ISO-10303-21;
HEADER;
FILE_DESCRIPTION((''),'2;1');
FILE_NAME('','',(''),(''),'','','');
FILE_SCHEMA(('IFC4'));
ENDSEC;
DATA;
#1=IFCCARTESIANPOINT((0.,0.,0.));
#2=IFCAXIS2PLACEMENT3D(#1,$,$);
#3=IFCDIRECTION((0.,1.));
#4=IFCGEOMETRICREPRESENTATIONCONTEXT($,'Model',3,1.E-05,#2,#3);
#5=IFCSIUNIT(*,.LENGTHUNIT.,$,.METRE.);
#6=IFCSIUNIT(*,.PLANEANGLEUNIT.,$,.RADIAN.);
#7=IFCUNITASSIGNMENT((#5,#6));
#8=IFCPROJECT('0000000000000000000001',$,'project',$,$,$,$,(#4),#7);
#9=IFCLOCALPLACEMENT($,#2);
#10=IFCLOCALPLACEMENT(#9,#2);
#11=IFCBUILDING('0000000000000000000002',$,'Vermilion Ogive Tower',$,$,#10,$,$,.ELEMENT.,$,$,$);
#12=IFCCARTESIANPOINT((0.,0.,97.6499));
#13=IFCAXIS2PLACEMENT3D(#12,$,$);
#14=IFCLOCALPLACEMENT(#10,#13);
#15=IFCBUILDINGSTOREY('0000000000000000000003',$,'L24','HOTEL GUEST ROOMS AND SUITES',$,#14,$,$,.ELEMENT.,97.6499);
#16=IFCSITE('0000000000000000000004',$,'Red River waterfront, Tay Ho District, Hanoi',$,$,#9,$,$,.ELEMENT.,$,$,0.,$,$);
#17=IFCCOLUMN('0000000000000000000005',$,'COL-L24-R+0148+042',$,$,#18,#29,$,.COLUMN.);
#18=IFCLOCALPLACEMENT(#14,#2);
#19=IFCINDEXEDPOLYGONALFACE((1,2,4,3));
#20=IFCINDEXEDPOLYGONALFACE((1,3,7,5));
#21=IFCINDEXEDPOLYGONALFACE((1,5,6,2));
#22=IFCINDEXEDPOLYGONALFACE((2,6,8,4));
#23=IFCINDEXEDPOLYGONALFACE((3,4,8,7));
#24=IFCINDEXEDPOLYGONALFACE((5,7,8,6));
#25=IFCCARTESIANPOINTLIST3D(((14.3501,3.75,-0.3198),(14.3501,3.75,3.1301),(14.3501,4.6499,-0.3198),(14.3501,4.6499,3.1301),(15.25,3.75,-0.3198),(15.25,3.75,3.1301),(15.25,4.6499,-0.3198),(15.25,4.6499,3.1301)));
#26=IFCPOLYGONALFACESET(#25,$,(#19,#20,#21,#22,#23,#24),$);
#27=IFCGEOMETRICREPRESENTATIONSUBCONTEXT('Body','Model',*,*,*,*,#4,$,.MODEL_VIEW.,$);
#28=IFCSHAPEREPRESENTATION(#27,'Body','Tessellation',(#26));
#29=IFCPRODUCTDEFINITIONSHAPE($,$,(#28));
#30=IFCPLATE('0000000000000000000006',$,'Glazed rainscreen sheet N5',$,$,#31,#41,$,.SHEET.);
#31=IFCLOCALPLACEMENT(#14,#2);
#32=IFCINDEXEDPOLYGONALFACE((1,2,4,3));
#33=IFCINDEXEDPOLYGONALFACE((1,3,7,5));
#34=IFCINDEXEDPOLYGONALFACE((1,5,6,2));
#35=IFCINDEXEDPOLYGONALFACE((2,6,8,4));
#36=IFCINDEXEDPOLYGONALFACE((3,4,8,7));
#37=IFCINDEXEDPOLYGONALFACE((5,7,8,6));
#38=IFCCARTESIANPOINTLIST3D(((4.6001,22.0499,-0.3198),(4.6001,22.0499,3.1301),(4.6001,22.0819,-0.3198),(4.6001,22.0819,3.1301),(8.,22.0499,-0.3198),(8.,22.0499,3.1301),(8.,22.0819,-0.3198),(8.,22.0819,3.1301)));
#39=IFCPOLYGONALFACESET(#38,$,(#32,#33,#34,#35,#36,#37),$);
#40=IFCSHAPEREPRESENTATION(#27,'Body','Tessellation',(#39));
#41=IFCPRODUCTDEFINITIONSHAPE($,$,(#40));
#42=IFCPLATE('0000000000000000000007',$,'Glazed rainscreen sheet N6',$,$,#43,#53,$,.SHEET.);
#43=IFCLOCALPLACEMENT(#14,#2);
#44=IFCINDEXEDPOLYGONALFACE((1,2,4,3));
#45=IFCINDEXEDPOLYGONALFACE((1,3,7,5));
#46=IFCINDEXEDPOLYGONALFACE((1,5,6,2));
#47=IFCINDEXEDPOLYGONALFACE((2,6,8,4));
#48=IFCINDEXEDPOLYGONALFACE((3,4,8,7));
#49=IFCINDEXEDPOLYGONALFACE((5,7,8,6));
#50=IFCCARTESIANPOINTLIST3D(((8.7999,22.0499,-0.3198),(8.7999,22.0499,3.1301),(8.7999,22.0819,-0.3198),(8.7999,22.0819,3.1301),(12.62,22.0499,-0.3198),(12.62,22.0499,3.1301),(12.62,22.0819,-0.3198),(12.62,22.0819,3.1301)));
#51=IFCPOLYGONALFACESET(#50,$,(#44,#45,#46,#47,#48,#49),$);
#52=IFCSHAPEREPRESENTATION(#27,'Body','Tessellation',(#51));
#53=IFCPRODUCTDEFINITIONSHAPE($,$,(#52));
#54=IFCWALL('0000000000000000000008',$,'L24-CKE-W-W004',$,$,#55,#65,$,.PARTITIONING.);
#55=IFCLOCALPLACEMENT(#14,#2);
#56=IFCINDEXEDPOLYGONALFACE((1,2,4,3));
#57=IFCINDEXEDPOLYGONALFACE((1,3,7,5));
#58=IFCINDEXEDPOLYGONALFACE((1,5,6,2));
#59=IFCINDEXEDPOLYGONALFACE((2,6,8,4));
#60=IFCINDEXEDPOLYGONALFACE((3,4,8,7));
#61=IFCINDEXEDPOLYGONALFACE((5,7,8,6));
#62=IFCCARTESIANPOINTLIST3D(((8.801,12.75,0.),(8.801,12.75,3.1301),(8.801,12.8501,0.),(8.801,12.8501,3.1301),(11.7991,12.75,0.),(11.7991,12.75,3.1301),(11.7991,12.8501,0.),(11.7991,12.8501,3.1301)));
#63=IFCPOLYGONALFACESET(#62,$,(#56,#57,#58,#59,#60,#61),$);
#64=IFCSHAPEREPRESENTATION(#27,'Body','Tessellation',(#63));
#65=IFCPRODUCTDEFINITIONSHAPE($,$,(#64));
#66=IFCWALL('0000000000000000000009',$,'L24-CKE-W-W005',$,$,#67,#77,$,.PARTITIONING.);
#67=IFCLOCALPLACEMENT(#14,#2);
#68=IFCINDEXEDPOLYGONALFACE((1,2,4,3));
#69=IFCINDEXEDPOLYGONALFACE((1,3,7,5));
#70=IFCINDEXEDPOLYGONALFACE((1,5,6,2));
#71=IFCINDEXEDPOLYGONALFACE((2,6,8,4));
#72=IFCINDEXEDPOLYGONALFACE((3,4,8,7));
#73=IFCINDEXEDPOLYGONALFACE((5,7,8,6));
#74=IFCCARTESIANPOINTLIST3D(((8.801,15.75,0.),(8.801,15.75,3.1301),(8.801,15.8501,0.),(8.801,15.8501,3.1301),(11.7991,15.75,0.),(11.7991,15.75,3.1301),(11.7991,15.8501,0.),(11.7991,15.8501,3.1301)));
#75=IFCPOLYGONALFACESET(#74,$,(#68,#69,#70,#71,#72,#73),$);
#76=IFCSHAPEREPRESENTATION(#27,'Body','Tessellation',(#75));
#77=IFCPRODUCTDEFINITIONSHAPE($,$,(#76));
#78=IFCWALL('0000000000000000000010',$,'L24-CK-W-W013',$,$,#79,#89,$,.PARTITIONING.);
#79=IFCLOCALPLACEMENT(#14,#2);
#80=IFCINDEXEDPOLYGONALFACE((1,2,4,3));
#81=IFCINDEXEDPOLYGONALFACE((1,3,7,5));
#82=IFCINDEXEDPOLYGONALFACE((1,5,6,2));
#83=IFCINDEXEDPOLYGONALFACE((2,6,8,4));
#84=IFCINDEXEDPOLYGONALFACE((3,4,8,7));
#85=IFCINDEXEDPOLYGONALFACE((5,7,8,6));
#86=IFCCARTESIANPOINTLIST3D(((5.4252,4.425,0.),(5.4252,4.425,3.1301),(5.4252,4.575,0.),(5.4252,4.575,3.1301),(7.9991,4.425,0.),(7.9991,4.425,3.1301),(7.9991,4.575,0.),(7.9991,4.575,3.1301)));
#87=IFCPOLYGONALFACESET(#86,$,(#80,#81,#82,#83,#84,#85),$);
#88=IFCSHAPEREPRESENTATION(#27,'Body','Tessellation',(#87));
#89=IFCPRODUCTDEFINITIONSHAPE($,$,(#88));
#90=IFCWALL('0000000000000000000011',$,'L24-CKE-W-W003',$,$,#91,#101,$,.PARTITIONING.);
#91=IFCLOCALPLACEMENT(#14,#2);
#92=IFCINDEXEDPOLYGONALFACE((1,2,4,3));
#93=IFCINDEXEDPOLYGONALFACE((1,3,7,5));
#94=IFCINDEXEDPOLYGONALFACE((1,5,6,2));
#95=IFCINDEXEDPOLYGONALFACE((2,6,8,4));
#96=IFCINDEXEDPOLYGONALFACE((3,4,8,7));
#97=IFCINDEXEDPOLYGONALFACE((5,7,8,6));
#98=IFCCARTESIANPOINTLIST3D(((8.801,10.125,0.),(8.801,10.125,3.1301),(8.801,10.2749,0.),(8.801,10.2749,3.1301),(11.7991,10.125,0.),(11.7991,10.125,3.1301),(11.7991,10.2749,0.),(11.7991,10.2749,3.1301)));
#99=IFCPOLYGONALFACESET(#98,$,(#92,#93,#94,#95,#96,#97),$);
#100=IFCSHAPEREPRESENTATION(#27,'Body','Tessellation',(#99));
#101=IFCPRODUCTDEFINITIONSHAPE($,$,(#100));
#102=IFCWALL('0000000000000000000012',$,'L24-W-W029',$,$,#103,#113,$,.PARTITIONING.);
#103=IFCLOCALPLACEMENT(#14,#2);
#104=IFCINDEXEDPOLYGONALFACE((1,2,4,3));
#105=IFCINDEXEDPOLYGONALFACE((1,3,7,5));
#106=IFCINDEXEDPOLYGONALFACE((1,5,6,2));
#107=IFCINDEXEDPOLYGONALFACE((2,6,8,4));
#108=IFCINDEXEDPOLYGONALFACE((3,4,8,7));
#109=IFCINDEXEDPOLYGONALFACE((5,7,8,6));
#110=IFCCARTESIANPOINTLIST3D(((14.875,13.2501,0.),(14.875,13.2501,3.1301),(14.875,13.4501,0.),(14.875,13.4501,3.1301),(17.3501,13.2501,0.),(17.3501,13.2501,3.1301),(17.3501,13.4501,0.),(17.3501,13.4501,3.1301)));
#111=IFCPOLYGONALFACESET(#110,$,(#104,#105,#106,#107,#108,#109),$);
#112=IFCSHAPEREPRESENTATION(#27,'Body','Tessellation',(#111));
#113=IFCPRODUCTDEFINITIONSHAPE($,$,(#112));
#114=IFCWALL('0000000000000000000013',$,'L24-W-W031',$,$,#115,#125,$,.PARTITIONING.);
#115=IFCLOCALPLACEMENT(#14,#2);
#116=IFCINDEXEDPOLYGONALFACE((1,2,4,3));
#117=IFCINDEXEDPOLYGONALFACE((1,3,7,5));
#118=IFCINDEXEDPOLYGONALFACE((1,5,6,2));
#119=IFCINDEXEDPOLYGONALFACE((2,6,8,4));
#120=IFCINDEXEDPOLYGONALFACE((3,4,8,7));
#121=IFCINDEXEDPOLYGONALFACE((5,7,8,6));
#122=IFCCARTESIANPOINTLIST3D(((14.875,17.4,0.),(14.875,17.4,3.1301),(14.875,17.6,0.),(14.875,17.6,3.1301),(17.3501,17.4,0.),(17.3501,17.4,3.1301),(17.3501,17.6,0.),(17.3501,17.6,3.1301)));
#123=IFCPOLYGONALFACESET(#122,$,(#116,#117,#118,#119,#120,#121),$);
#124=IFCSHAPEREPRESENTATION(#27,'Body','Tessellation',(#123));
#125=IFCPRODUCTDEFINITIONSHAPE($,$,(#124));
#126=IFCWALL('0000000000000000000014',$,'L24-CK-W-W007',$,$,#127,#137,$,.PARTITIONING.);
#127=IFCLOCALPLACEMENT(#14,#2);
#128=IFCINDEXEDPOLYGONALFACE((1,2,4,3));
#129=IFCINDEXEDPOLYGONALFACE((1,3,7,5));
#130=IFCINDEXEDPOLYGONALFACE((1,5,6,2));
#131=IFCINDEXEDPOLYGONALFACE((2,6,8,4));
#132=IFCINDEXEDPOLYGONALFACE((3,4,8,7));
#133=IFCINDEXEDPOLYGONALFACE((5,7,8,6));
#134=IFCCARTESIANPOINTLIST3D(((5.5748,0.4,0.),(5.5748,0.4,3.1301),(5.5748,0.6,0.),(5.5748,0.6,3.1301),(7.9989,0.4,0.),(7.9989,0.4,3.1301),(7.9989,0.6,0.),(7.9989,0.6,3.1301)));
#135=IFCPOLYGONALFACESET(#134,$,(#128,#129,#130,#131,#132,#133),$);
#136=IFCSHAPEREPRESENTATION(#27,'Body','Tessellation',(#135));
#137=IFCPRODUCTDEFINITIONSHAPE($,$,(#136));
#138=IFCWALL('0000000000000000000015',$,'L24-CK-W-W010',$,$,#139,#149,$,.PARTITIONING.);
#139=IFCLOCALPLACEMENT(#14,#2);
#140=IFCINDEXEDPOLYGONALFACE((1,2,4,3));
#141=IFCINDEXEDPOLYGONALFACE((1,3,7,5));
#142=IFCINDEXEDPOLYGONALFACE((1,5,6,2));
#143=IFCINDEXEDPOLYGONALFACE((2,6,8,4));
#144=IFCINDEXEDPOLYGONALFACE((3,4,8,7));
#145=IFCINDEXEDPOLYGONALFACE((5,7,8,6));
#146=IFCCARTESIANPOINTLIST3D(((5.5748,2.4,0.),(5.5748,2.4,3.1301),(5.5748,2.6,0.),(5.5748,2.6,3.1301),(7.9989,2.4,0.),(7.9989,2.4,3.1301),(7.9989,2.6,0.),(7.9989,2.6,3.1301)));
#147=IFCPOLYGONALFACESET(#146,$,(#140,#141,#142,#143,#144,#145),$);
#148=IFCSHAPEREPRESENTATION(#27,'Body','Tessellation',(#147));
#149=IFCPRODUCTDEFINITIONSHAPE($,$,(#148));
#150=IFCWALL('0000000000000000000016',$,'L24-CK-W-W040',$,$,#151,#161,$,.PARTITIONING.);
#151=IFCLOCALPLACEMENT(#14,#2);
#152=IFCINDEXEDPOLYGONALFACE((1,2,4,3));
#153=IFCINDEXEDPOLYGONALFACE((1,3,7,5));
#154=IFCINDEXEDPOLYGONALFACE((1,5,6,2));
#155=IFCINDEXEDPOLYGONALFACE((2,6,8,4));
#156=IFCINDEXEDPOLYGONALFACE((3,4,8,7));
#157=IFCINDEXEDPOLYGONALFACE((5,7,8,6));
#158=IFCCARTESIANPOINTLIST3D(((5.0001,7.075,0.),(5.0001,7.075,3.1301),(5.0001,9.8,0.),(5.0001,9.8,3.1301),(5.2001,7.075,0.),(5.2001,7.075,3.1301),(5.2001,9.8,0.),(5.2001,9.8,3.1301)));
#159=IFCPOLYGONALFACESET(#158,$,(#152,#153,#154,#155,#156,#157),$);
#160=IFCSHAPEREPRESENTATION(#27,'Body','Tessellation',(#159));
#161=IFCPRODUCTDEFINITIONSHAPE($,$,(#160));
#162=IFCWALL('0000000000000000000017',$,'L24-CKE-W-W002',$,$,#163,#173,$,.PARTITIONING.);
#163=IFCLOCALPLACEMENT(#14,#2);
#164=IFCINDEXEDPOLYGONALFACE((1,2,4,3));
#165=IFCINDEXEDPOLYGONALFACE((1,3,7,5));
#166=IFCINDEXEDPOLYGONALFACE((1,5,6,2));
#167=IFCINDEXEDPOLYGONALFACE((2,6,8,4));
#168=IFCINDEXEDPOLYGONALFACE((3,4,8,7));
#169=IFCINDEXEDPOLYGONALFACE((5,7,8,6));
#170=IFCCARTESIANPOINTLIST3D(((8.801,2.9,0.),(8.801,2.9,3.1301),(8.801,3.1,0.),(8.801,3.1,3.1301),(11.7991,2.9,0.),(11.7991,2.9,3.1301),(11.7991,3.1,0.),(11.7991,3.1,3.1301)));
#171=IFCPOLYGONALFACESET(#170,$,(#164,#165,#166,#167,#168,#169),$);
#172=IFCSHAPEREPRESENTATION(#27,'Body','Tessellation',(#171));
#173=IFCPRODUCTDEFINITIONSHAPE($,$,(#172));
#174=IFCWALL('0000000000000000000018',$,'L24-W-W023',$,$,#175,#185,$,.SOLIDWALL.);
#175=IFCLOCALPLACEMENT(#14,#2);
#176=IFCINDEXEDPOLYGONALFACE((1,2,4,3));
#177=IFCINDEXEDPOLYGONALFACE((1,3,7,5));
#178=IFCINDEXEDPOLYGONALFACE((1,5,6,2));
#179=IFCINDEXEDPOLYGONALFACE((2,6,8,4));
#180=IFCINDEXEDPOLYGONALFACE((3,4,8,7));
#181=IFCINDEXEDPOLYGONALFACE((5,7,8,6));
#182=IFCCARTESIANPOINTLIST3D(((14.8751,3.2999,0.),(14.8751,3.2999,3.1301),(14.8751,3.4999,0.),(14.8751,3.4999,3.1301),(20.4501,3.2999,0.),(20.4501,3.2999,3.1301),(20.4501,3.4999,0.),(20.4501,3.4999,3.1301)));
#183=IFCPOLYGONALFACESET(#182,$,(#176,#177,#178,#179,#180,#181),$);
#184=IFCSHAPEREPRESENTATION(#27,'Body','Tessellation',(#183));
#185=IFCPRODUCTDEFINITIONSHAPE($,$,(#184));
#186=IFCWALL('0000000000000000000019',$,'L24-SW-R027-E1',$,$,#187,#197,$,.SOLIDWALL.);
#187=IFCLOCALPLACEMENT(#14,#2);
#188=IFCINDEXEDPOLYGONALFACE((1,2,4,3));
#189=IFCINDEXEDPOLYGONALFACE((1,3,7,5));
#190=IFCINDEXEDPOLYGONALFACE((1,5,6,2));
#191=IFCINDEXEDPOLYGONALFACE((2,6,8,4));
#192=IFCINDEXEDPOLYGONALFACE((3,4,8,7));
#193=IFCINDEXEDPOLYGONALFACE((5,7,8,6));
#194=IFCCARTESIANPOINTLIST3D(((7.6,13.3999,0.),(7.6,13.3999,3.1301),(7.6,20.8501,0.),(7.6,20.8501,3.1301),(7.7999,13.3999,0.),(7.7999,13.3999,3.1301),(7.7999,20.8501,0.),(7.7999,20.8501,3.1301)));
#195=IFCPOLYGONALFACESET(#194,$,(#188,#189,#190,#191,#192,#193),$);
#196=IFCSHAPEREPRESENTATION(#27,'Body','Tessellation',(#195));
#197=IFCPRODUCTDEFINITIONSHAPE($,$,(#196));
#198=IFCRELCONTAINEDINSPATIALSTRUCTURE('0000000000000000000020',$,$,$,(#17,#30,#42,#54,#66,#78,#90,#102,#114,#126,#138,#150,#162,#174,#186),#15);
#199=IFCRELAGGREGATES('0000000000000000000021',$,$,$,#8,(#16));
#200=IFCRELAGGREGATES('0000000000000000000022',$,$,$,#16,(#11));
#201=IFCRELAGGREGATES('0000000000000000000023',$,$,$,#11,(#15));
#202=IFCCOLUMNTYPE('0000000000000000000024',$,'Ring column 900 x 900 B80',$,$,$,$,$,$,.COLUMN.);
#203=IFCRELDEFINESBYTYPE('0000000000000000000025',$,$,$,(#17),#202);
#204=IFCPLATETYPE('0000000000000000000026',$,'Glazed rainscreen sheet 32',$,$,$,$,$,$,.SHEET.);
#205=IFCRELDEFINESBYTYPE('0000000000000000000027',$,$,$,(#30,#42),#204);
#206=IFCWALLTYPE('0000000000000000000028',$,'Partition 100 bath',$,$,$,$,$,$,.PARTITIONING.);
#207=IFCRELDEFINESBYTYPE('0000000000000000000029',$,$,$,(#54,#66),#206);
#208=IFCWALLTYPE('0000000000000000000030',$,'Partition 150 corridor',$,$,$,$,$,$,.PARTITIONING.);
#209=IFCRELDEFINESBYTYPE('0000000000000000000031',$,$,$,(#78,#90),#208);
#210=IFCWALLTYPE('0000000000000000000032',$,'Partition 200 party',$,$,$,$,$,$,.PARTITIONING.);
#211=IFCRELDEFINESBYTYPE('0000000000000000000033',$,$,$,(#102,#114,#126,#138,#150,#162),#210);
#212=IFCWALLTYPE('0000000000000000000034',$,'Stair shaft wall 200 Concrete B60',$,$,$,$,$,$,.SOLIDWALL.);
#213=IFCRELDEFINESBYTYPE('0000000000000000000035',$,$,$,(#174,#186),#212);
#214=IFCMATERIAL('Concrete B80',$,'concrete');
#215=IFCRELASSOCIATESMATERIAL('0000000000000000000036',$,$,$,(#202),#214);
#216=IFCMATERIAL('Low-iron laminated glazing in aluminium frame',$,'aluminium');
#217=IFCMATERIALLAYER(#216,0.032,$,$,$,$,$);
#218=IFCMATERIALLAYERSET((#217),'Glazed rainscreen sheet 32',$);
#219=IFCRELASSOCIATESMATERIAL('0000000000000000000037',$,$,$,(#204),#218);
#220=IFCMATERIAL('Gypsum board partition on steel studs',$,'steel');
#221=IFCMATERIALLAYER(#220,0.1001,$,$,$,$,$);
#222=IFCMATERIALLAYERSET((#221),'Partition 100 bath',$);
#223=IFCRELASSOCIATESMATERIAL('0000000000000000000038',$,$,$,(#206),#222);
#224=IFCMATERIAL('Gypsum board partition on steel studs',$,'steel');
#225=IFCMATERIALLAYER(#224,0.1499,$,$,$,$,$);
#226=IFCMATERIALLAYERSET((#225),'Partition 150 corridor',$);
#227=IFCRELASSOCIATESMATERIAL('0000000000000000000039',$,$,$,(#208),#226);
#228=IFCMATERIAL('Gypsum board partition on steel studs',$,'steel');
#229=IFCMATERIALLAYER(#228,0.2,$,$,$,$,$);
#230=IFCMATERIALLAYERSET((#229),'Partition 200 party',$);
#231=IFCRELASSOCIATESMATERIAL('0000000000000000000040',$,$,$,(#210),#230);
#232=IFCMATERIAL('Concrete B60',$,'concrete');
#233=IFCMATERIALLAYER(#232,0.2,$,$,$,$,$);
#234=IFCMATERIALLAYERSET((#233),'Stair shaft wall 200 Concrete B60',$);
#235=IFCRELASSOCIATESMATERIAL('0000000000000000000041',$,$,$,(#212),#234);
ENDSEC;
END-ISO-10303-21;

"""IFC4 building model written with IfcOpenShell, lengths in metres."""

from ifc_helpers import new_model, si_unit, direction, frame, frame_2d, origin, origin_2d, place, context, subcontext, project, spatial, rectangle, extrude, material, layer, layer_set, material_profile, profile_set, type_object, element, save


model = new_model("IFC4")

# Units and contexts
model_context = context("Model", 3, precision=1e-05, world=origin(), true_north=direction((0.0, 1.0)))
body_context = subcontext(model_context, "Body", "Model", "MODEL_VIEW")
ifc_project = project(units=[si_unit("LENGTHUNIT", "METRE"), si_unit("PLANEANGLEUNIT", "RADIAN")], contexts=[model_context])

# Site, building, storey
site_placement = place(None, origin())
site = spatial("IfcSite", under=ifc_project, at=site_placement, Name="Red River waterfront, Tay Ho District, Hanoi", CompositionType="ELEMENT", RefElevation=0.0)
building_placement = place(site_placement, origin())
building = spatial("IfcBuilding", under=site, at=building_placement, Name="Vermilion Ogive Tower", CompositionType="ELEMENT")
storey_placement = place(building_placement, frame((0.0, 0.0, 97.6499)))
storey = spatial("IfcBuildingStorey", under=building, at=storey_placement, Name="L24", Description="HOTEL GUEST ROOMS AND SUITES", CompositionType="ELEMENT", Elevation=97.6499)

# Column
ifc_material_1 = material(Name="Concrete B80", Category="concrete")
ifc_material_profile = material_profile(ifc_material_1, rectangle(XDim=0.8999, YDim=0.8999, at=origin_2d()), Name="900 x 900")
ifc_profile_set = profile_set([ifc_material_profile], Name="Concrete B80")
column_type = type_object("IfcColumnType", Name="Ring column 900 x 900 B80", PredefinedType="COLUMN", material=ifc_profile_set)
column_placement = place(storey_placement, frame((14.8, 4.2, -0.3198), z_axis=(0.0, 0.0, 1.0), x_axis=(1.0, 0.0, 0.0)))
element("IfcColumn", 1, at=column_placement, inside=storey, type_object=column_type, Name="COL-L24-R+0148+042", PredefinedType="COLUMN", context=body_context, shape_type="SweptSolid", body=[
    extrude(rectangle(XDim=0.8999, YDim=0.8999, at=origin_2d()), origin(), (0.0, 0.0, 1.0), 3.45),
])

# Plates
ifc_material_2 = material(Name="Low-iron laminated glazing in aluminium frame", Category="aluminium")
ifc_layer_1 = layer(ifc_material_2, 0.032)
ifc_layer_set_1 = layer_set([ifc_layer_1], Name="Glazed rainscreen sheet 32")
plate_type = type_object("IfcPlateType", Name="Glazed rainscreen sheet 32", PredefinedType="SHEET", material=ifc_layer_set_1)
plate_1_placement = place(storey_placement, frame((6.3, 22.0659, -0.3198), z_axis=(0.0, 0.0, 1.0), x_axis=(1.0, 0.0, 0.0)))
element("IfcPlate", 2, at=plate_1_placement, inside=storey, type_object=plate_type, Name="Glazed rainscreen sheet N5", PredefinedType="SHEET", context=body_context, shape_type="SweptSolid", body=[
    extrude(rectangle(XDim=3.3999, YDim=0.032, at=origin_2d()), origin(), (0.0, 0.0, 1.0), 3.45),
])
plate_2_placement = place(storey_placement, frame((10.71, 22.0659, -0.3198), z_axis=(0.0, 0.0, 1.0), x_axis=(1.0, 0.0, 0.0)))
element("IfcPlate", 3, at=plate_2_placement, inside=storey, type_object=plate_type, Name="Glazed rainscreen sheet N6", PredefinedType="SHEET", context=body_context, shape_type="SweptSolid", body=[
    extrude(rectangle(XDim=3.8201, YDim=0.032, at=origin_2d()), origin(), (0.0, 0.0, 1.0), 3.45),
])

# Walls
ifc_material_3 = material(Name="Gypsum board partition on steel studs", Category="steel")
ifc_layer_2 = layer(ifc_material_3, 0.1001)
ifc_layer_set_2 = layer_set([ifc_layer_2], Name="Partition 100 bath")
wall_type_1 = type_object("IfcWallType", Name="Partition 100 bath", PredefinedType="PARTITIONING", material=ifc_layer_set_2)
for number, where, z_axis, x_axis, name in (
    (4, (8.801, 12.8, 0.0), (0.0, 0.0, 1.0), (1.0, 0.0, 0.0), "L24-CKE-W-W004"),
    (5, (8.801, 15.8, 0.0), (0.0, 0.0, 1.0), (1.0, 0.0, 0.0), "L24-CKE-W-W005"),
):
    element("IfcWall", number, at=place(storey_placement, frame(where, z_axis=z_axis, x_axis=x_axis)), inside=storey, type_object=wall_type_1, Name=name, PredefinedType="PARTITIONING", context=body_context, shape_type="SweptSolid", body=[
        extrude(rectangle(XDim=2.998, YDim=0.1001, at=frame_2d((1.499, 0.0))), origin(), (0.0, 0.0, 1.0), 3.1301),
    ])
ifc_material_4 = material(Name="Gypsum board partition on steel studs", Category="steel")
ifc_layer_3 = layer(ifc_material_4, 0.1499)
ifc_layer_set_3 = layer_set([ifc_layer_3], Name="Partition 150 corridor")
wall_type_2 = type_object("IfcWallType", Name="Partition 150 corridor", PredefinedType="PARTITIONING", material=ifc_layer_set_3)
wall_1_placement = place(storey_placement, frame((5.425, 4.5, 0.0), z_axis=(0.0, 0.0, 1.0), x_axis=(1.0, 0.0, 0.0)))
element("IfcWall", 6, at=wall_1_placement, inside=storey, type_object=wall_type_2, Name="L24-CK-W-W013", PredefinedType="PARTITIONING", context=body_context, shape_type="SweptSolid", body=[
    extrude(rectangle(XDim=2.574, YDim=0.1499, at=frame_2d((1.2871, 0.0))), origin(), (0.0, 0.0, 1.0), 3.1301),
])
wall_2_placement = place(storey_placement, frame((8.801, 10.2, 0.0), z_axis=(0.0, 0.0, 1.0), x_axis=(1.0, 0.0, 0.0)))
element("IfcWall", 7, at=wall_2_placement, inside=storey, type_object=wall_type_2, Name="L24-CKE-W-W003", PredefinedType="PARTITIONING", context=body_context, shape_type="SweptSolid", body=[
    extrude(rectangle(XDim=2.998, YDim=0.1499, at=frame_2d((1.499, 0.0))), origin(), (0.0, 0.0, 1.0), 3.1301),
])
ifc_material_5 = material(Name="Gypsum board partition on steel studs", Category="steel")
ifc_layer_4 = layer(ifc_material_5, 0.2)
ifc_layer_set_4 = layer_set([ifc_layer_4], Name="Partition 200 party")
wall_type_3 = type_object("IfcWallType", Name="Partition 200 party", PredefinedType="PARTITIONING", material=ifc_layer_set_4)
for number, where, z_axis, x_axis, name in (
    (8, (14.875, 13.3501, 0.0), (0.0, 0.0, 1.0), (1.0, 0.0, 0.0), "L24-W-W029"),
    (9, (14.875, 17.5, 0.0), (0.0, 0.0, 1.0), (1.0, 0.0, 0.0), "L24-W-W031"),
):
    element("IfcWall", number, at=place(storey_placement, frame(where, z_axis=z_axis, x_axis=x_axis)), inside=storey, type_object=wall_type_3, Name=name, PredefinedType="PARTITIONING", context=body_context, shape_type="SweptSolid", body=[
        extrude(rectangle(XDim=2.4751, YDim=0.2, at=frame_2d((1.2375, 0.0))), origin(), (0.0, 0.0, 1.0), 3.1301),
    ])
for number, where, z_axis, x_axis, name in (
    (10, (5.575, 0.5, 0.0), (0.0, 0.0, 1.0), (1.0, 0.0, 0.0), "L24-CK-W-W007"),
    (11, (5.575, 2.5, 0.0), (0.0, 0.0, 1.0), (1.0, 0.0, 0.0), "L24-CK-W-W010"),
):
    element("IfcWall", number, at=place(storey_placement, frame(where, z_axis=z_axis, x_axis=x_axis)), inside=storey, type_object=wall_type_3, Name=name, PredefinedType="PARTITIONING", context=body_context, shape_type="SweptSolid", body=[
        extrude(rectangle(XDim=2.4241, YDim=0.2, at=frame_2d((1.2119, 0.0))), origin(), (0.0, 0.0, 1.0), 3.1301),
    ])
wall_3_placement = place(storey_placement, frame((5.1001, 7.075, 0.0), z_axis=(0.0, 0.0, 1.0), x_axis=(0.0, 1.0, 0.0)))
element("IfcWall", 12, at=wall_3_placement, inside=storey, type_object=wall_type_3, Name="L24-CK-W-W040", PredefinedType="PARTITIONING", context=body_context, shape_type="SweptSolid", body=[
    extrude(rectangle(XDim=2.7251, YDim=0.2, at=frame_2d((1.3625, 0.0))), origin(), (0.0, 0.0, 1.0), 3.1301),
])
wall_4_placement = place(storey_placement, frame((8.801, 3.0, 0.0), z_axis=(0.0, 0.0, 1.0), x_axis=(1.0, 0.0, 0.0)))
element("IfcWall", 13, at=wall_4_placement, inside=storey, type_object=wall_type_3, Name="L24-CKE-W-W002", PredefinedType="PARTITIONING", context=body_context, shape_type="SweptSolid", body=[
    extrude(rectangle(XDim=2.998, YDim=0.2, at=frame_2d((1.499, 0.0))), origin(), (0.0, 0.0, 1.0), 3.1301),
])
ifc_material_6 = material(Name="Concrete B60", Category="concrete")
ifc_layer_5 = layer(ifc_material_6, 0.2)
ifc_layer_set_5 = layer_set([ifc_layer_5], Name="Stair shaft wall 200 Concrete B60")
wall_type_4 = type_object("IfcWallType", Name="Stair shaft wall 200 Concrete B60", PredefinedType="SOLIDWALL", material=ifc_layer_set_5)
wall_5_placement = place(storey_placement, frame((14.875, 3.3999, 0.0), z_axis=(0.0, 0.0, 1.0), x_axis=(1.0, 0.0, 0.0)))
element("IfcWall", 14, at=wall_5_placement, inside=storey, type_object=wall_type_4, Name="L24-W-W023", PredefinedType="SOLIDWALL", context=body_context, shape_type="SweptSolid", body=[
    extrude(rectangle(XDim=5.575, YDim=0.2, at=frame_2d((2.7876, 0.0))), origin(), (0.0, 0.0, 1.0), 3.1301),
])
wall_6_placement = place(storey_placement, frame((7.7, 13.3999, 0.0), z_axis=(0.0, 0.0, 1.0), x_axis=(0.0, 1.0, 0.0)))
element("IfcWall", 15, at=wall_6_placement, inside=storey, type_object=wall_type_4, Name="L24-SW-R027-E1", PredefinedType="SOLIDWALL", context=body_context, shape_type="SweptSolid", body=[
    extrude(rectangle(XDim=7.4502, YDim=0.2, at=frame_2d((3.7251, 0.0))), origin(), (0.0, 0.0, 1.0), 3.1301),
])

save(model, "model.ifc")
